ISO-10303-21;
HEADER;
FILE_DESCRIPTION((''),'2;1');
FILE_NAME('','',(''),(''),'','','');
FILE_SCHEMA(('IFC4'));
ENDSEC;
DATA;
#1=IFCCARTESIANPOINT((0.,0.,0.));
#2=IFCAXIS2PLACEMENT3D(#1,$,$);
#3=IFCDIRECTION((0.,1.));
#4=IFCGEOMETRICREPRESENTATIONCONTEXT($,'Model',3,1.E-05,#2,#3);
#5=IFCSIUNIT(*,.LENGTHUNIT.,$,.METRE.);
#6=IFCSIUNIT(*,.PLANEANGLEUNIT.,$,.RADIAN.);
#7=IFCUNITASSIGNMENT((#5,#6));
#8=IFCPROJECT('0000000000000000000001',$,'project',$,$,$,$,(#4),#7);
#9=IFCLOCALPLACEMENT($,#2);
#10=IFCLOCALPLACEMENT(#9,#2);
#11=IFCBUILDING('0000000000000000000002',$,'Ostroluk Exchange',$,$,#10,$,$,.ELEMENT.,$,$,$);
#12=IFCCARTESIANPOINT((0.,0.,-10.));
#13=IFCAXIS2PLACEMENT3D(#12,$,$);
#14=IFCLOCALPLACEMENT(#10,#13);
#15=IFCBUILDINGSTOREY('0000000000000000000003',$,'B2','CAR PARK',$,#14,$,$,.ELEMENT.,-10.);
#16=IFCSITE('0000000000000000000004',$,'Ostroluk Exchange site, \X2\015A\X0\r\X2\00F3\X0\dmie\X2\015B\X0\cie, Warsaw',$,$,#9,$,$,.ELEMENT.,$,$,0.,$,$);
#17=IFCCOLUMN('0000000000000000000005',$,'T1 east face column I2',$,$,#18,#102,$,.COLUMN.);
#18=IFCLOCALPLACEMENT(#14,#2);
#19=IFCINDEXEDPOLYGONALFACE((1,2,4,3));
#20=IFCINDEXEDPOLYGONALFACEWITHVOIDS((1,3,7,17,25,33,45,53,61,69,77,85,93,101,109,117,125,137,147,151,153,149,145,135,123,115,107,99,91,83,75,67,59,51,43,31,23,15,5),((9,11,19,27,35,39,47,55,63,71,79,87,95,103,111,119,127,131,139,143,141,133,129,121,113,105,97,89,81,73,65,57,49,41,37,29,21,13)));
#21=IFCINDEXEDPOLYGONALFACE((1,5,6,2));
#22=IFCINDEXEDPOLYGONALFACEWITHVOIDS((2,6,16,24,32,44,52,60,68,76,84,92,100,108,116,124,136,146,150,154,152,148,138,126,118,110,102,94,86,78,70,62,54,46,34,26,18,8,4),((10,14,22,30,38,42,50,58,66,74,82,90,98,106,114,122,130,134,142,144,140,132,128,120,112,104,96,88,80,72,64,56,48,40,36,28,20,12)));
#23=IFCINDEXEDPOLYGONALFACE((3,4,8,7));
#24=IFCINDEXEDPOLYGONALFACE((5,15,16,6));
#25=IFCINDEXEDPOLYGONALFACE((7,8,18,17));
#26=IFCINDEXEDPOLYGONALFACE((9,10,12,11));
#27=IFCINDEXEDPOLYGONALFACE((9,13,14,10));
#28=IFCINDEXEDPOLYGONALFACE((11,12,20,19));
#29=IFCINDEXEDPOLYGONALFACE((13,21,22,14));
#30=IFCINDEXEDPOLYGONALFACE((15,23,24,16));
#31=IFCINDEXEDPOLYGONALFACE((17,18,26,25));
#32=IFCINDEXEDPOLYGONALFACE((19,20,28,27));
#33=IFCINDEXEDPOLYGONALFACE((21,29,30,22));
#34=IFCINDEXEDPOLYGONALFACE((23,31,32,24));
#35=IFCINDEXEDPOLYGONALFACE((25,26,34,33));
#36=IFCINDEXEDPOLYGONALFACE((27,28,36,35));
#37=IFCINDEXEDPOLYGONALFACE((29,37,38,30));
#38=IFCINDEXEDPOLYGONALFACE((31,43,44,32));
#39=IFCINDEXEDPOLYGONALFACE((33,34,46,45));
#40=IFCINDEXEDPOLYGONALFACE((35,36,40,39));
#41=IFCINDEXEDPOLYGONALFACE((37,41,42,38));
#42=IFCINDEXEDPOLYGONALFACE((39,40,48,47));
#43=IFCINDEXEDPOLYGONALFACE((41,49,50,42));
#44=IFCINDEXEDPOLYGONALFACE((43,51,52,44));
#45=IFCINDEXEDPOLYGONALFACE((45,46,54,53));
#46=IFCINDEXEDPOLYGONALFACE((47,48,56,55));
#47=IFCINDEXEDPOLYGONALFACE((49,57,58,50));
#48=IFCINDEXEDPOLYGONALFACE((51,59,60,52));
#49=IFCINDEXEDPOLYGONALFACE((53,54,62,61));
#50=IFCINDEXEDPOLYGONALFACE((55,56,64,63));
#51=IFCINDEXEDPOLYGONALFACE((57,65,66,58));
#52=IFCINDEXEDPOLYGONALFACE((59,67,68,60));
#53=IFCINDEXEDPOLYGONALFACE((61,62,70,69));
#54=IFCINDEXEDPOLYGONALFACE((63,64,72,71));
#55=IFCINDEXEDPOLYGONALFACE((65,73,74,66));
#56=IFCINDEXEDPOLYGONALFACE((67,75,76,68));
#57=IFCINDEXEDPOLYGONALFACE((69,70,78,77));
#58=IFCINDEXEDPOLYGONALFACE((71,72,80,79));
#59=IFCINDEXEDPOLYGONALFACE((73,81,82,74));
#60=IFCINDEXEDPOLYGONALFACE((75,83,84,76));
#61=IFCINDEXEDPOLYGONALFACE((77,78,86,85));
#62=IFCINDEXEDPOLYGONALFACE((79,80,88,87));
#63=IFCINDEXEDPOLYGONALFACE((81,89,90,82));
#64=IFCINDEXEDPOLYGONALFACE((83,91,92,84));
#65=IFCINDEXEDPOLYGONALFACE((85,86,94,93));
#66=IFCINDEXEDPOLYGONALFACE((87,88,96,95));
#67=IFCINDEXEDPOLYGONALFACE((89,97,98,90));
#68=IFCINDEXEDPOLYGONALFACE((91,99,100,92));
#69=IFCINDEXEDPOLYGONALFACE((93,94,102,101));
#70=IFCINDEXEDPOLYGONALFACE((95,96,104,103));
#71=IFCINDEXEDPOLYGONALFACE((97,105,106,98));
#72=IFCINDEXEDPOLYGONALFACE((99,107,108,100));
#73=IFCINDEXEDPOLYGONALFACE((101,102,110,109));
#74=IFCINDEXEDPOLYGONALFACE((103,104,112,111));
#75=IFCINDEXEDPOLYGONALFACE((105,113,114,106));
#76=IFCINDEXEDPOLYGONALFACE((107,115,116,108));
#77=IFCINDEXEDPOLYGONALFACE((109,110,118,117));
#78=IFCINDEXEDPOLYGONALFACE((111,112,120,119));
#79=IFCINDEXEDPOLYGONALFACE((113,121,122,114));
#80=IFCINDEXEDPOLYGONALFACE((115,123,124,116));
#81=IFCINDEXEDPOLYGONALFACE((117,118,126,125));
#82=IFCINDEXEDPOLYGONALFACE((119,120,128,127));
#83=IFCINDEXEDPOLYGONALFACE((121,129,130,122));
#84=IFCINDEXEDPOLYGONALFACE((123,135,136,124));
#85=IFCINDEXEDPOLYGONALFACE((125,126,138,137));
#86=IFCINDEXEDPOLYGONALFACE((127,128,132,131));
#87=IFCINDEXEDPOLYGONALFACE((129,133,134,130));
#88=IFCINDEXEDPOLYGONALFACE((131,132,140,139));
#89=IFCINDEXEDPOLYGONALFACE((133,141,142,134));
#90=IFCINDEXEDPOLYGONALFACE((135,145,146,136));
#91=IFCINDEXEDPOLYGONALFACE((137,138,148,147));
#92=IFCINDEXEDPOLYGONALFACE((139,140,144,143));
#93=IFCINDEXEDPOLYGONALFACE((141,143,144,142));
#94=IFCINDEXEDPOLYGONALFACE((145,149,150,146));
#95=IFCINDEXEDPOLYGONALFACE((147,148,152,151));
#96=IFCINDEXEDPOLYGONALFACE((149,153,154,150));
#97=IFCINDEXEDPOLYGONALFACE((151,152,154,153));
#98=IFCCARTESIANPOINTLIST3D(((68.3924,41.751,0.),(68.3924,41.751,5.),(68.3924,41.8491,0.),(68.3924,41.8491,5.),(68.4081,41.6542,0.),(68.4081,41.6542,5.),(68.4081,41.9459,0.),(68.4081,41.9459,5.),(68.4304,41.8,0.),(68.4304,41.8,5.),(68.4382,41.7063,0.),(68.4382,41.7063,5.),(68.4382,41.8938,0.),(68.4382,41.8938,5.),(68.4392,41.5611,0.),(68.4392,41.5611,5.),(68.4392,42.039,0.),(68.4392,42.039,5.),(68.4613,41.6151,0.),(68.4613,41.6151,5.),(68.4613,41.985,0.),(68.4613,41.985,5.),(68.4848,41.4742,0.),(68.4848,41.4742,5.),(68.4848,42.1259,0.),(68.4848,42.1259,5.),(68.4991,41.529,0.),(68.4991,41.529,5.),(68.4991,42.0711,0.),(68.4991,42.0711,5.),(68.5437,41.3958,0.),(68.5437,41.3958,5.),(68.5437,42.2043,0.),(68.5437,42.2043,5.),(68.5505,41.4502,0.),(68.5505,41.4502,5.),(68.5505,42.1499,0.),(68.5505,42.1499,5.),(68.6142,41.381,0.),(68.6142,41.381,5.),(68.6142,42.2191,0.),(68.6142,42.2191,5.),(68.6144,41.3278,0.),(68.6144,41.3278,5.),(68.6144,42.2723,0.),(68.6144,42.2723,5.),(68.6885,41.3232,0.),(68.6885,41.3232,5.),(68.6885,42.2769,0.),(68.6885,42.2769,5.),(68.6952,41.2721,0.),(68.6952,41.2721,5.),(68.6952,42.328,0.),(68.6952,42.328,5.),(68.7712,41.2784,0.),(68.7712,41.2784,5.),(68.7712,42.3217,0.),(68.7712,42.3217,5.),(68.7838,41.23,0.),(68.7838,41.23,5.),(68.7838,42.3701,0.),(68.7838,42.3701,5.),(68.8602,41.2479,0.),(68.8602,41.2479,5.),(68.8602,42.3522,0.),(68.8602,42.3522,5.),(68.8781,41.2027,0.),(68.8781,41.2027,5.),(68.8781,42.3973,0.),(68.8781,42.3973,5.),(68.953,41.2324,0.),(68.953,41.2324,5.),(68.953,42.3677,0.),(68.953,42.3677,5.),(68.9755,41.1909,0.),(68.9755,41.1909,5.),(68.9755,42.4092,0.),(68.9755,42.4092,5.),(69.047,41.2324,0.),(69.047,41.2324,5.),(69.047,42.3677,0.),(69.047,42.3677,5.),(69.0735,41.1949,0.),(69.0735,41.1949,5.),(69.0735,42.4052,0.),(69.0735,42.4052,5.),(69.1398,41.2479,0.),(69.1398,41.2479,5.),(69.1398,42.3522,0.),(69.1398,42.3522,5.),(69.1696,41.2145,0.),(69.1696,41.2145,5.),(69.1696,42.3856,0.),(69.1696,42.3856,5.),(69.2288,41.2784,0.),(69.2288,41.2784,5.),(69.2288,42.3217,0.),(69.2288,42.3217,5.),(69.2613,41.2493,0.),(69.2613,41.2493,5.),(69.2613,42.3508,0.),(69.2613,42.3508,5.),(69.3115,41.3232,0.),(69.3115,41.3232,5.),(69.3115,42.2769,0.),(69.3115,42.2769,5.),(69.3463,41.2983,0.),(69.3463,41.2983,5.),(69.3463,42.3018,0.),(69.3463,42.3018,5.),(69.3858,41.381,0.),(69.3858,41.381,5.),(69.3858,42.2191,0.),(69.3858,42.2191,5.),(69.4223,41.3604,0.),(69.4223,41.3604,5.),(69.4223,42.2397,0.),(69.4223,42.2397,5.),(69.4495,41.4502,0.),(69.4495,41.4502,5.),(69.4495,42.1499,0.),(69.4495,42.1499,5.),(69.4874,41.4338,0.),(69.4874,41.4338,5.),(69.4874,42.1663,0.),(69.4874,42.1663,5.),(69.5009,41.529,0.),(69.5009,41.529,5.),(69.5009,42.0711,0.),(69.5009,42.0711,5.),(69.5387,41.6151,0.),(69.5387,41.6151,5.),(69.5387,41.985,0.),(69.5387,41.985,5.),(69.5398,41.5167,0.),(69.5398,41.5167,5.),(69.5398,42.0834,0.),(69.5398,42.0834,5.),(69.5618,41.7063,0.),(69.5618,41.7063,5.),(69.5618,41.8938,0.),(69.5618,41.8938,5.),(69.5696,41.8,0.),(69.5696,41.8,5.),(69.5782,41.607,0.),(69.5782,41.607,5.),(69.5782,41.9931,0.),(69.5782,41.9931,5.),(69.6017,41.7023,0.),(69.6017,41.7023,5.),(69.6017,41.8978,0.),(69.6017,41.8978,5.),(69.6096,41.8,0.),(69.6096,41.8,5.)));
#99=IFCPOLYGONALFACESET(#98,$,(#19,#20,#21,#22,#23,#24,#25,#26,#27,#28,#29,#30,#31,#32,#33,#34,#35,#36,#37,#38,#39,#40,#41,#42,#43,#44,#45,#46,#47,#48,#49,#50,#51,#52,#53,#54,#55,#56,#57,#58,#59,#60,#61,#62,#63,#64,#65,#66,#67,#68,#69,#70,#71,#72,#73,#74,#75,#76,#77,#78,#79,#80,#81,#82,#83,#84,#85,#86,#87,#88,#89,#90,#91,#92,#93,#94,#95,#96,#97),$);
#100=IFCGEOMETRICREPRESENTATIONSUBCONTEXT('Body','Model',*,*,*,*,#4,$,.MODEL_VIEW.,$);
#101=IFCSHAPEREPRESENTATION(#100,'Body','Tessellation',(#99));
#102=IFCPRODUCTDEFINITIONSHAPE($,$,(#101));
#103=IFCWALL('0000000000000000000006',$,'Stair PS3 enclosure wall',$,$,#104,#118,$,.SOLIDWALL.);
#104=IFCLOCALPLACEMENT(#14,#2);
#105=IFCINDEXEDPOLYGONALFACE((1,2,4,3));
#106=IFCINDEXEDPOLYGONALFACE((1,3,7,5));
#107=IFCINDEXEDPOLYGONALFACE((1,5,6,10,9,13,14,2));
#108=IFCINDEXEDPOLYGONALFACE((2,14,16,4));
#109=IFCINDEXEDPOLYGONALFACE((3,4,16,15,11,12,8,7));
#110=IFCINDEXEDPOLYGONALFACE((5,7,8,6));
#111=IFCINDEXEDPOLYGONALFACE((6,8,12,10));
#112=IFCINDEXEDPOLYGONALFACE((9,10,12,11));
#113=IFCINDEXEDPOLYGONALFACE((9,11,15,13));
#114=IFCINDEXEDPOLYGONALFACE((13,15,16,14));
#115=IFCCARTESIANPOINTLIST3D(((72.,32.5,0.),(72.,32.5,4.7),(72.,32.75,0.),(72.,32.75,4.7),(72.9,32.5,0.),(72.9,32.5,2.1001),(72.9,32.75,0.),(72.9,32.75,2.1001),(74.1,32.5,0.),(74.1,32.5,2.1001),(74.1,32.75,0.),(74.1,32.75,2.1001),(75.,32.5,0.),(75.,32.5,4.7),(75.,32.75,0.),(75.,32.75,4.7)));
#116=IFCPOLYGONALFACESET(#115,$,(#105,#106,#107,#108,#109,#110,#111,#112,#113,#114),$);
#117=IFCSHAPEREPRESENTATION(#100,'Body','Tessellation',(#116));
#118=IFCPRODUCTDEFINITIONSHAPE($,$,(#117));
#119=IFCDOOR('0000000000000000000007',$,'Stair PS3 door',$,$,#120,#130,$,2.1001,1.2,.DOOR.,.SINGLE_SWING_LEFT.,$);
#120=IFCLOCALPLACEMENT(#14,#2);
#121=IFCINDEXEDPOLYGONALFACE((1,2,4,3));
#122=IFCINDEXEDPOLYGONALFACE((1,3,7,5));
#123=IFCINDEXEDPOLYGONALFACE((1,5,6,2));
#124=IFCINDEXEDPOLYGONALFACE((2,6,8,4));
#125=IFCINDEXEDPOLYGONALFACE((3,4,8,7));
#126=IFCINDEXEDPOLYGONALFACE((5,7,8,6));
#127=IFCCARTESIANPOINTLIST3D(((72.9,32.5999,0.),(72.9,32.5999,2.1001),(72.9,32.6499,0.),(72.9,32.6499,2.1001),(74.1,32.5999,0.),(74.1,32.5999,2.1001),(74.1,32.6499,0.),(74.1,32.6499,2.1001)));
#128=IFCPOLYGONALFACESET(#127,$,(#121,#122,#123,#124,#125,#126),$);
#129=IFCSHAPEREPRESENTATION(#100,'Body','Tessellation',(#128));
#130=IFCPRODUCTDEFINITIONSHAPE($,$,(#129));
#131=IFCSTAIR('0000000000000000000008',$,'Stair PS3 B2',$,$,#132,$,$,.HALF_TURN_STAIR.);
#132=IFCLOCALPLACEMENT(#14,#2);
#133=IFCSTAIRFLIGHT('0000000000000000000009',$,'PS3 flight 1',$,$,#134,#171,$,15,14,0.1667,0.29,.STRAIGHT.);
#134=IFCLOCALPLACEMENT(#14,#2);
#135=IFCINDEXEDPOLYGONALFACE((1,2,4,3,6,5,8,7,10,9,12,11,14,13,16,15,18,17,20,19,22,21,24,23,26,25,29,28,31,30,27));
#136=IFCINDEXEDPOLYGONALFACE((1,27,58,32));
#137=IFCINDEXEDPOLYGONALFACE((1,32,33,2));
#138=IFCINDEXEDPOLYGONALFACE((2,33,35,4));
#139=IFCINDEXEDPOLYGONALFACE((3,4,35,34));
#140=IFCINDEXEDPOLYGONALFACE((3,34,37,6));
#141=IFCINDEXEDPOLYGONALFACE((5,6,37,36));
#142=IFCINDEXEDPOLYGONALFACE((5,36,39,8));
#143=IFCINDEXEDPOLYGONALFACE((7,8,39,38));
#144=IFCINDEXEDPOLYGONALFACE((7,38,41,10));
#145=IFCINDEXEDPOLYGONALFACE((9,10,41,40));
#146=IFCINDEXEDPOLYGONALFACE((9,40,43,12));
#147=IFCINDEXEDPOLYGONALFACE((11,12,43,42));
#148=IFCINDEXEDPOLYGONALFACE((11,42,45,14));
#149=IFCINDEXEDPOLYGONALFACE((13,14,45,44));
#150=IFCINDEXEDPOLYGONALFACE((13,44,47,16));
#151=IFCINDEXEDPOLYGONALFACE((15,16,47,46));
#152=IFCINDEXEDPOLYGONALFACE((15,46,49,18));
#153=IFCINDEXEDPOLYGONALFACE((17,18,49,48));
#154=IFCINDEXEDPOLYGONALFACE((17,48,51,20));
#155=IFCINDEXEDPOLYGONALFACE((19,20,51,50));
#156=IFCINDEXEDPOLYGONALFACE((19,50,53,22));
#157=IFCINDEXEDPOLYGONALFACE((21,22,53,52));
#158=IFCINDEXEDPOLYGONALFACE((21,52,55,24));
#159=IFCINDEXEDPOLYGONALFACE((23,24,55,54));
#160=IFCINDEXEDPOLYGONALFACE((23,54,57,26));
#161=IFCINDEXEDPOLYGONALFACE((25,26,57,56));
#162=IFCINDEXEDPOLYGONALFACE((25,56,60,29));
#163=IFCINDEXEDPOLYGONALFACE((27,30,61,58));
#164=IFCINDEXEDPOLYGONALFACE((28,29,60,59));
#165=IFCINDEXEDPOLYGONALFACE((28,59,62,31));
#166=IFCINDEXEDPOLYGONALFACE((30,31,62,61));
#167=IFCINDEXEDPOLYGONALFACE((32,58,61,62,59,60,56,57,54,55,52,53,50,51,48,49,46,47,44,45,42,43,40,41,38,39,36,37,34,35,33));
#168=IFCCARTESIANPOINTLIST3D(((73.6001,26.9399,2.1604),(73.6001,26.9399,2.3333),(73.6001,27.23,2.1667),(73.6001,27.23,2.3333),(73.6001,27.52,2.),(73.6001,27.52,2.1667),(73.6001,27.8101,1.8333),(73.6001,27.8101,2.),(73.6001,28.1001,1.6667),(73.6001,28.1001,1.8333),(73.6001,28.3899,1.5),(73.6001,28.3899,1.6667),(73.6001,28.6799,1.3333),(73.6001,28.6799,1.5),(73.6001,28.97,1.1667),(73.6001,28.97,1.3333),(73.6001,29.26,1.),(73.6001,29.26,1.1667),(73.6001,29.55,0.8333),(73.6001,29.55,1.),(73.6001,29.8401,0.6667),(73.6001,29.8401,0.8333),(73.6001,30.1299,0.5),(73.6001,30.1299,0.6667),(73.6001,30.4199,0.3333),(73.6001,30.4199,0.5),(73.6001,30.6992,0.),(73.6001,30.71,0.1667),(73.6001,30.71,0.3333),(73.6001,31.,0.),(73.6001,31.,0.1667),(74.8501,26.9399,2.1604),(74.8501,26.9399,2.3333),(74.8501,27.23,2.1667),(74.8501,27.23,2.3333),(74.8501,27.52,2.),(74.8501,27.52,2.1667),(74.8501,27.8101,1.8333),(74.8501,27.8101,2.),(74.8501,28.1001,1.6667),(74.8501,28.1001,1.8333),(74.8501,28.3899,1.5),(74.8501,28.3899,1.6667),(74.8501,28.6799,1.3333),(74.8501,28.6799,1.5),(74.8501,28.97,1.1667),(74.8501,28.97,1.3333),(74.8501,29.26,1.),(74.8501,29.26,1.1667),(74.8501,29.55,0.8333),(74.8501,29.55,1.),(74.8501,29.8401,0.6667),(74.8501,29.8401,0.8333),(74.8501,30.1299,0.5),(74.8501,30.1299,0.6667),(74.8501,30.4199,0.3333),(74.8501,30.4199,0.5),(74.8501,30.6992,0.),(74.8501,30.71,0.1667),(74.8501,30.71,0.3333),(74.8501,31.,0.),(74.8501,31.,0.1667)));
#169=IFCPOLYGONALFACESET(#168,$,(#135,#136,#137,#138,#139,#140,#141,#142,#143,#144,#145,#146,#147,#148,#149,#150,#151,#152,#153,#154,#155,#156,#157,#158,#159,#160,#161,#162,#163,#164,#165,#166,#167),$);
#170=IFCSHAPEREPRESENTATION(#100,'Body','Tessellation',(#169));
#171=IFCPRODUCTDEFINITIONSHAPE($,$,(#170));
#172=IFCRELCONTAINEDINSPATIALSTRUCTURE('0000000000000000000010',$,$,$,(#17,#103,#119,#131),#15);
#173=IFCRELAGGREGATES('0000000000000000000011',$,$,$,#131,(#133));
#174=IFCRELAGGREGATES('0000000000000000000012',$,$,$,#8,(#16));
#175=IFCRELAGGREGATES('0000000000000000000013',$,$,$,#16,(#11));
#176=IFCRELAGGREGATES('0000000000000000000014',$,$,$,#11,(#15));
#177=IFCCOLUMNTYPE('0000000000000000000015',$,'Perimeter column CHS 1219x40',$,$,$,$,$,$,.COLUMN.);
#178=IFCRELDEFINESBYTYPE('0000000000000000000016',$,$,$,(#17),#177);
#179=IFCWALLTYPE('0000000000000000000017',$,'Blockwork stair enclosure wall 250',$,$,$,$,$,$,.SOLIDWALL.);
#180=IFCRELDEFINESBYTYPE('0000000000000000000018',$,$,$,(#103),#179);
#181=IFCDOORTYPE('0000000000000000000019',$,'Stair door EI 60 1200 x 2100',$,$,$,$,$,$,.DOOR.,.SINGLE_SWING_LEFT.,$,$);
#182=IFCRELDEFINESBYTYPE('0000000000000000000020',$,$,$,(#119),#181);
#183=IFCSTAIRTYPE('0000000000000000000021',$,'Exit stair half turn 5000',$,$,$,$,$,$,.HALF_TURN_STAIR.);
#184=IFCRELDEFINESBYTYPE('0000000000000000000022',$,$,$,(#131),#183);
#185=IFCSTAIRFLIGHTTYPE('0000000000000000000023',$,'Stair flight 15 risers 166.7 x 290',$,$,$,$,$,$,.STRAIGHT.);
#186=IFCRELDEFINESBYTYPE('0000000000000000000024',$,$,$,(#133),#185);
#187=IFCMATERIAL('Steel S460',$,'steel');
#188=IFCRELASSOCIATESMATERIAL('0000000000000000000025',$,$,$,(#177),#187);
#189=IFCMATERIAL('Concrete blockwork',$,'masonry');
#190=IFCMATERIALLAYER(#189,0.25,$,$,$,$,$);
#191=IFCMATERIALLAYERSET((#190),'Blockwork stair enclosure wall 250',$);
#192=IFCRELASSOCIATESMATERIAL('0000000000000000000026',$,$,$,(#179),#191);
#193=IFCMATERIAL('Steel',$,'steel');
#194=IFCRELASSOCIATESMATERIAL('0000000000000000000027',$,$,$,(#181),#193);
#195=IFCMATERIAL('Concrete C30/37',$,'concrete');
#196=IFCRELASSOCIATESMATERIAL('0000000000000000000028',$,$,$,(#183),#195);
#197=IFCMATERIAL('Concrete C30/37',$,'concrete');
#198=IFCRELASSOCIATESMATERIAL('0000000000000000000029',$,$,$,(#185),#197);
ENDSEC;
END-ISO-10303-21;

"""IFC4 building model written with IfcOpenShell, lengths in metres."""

from ifc_helpers import new_model, si_unit, direction, frame, frame_2d, origin, origin_2d, place, context, subcontext, project, spatial, polyline, rectangle, hollow_circle, outline, extrude, material, layer, layer_set, material_profile, profile_set, type_object, element, fill, aggregate, save


model = new_model("IFC4")

# Units and contexts
model_context = context("Model", 3, precision=1e-05, world=origin(), true_north=direction((0.0, 1.0)))
body_context = subcontext(model_context, "Body", "Model", "MODEL_VIEW")
ifc_project = project(units=[si_unit("LENGTHUNIT", "METRE"), si_unit("PLANEANGLEUNIT", "RADIAN")], contexts=[model_context])

# Site, building, storey
site_placement = place(None, origin())
site = spatial("IfcSite", under=ifc_project, at=site_placement, Name="Ostroluk Exchange site, Śródmieście, Warsaw", CompositionType="ELEMENT", RefElevation=0.0)
building_placement = place(site_placement, origin())
building = spatial("IfcBuilding", under=site, at=building_placement, Name="Ostroluk Exchange", CompositionType="ELEMENT")
storey_placement = place(building_placement, frame((0.0, 0.0, -10.0)))
storey = spatial("IfcBuildingStorey", under=building, at=storey_placement, Name="B2", Description="CAR PARK", CompositionType="ELEMENT", Elevation=-10.0)

# Column
ifc_material_1 = material(Name="Steel S460", Category="steel")
ifc_material_profile_1 = material_profile(ifc_material_1, hollow_circle(Radius=0.6096, WallThickness=0.04, at=origin_2d()), Name="CHS 1219x40")
ifc_profile_set_1 = profile_set([ifc_material_profile_1], Name="Steel S460")
column_type_1 = type_object("IfcColumnType", Name="Perimeter column CHS 1219x40", PredefinedType="COLUMN", material=ifc_profile_set_1)
for number, where, z_axis, x_axis, name in (
    (1, (69.0, 41.8, 0.0), (0.0, 0.0, 1.0), (1.0, 0.0, 0.0), "T1 east face column I2"),
):
    element("IfcColumn", number, at=place(storey_placement, frame(where, z_axis=z_axis, x_axis=x_axis)), inside=storey, type_object=column_type_1, Name=name, PredefinedType="COLUMN", context=body_context, shape_type="SweptSolid", body=[
        extrude(hollow_circle(Radius=0.6096, WallThickness=0.04, at=origin_2d()), origin(), (0.0, 0.0, 1.0), 5.0),
    ])

# Wall, opening, door
ifc_material_2 = material(Name="Concrete blockwork", Category="masonry")
ifc_layer = layer(ifc_material_2, 0.25)
ifc_layer_set = layer_set([ifc_layer], Name="Blockwork stair enclosure wall 250")
wall_type = type_object("IfcWallType", Name="Blockwork stair enclosure wall 250", PredefinedType="SOLIDWALL", material=ifc_layer_set)
wall_placement = place(storey_placement, frame((72.0, 32.625, 0.0), z_axis=(0.0, 0.0, 1.0), x_axis=(1.0, 0.0, 0.0)))
wall = element("IfcWall", 2, at=wall_placement, inside=storey, type_object=wall_type, Name="Stair PS3 enclosure wall", PredefinedType="SOLIDWALL", context=body_context, shape_type="SweptSolid", body=[
    extrude(rectangle(XDim=3.0, YDim=0.25, at=frame_2d((1.5, 0.0))), origin(), (0.0, 0.0, 1.0), 4.7),
])
opening_placement = place(wall_placement, frame((0.8999, 0.0, 0.0)))
opening = element("IfcOpeningElement", 3, at=opening_placement, cuts=wall, PredefinedType="OPENING", context=body_context, shape_type="SweptSolid", body=[
    extrude(rectangle(XDim=1.2, YDim=2.1001, at=frame_2d((0.6001, 1.05))), frame((0.0, 0.135, 0.0), z_axis=(0.0, -1.0, 0.0), x_axis=(1.0, 0.0, 0.0)), (0.0, 0.0, 1.0), 0.27),
])
ifc_material_3 = material(Name="Steel", Category="steel")
door_type = type_object("IfcDoorType", Name="Stair door EI 60 1200 x 2100", OperationType="SINGLE_SWING_LEFT", PredefinedType="DOOR", material=ifc_material_3)
door_placement = place(opening_placement, origin())
door = element("IfcDoor", 4, at=door_placement, inside=storey, type_object=door_type, Name="Stair PS3 door", OperationType="SINGLE_SWING_LEFT", OverallHeight=2.1001, OverallWidth=1.2, PredefinedType="DOOR", context=body_context, shape_type="SweptSolid", body=[
    extrude(rectangle(XDim=1.2, YDim=2.1001, at=frame_2d((0.6001, 1.05))), frame((0.0, 0.0249, 0.0), z_axis=(0.0, -1.0, 0.0), x_axis=(1.0, 0.0, 0.0)), (0.0, 0.0, 1.0), 0.05),
])
fill(opening, door)

# Stair, stair flight
ifc_material_4 = material(Name="Concrete C30/37", Category="concrete")
stair_type = type_object("IfcStairType", Name="Exit stair half turn 5000", PredefinedType="HALF_TURN_STAIR", material=ifc_material_4)
stair_placement = place(storey_placement, origin())
stair = element("IfcStair", 5, at=stair_placement, inside=storey, type_object=stair_type, Name="Stair PS3 B2", PredefinedType="HALF_TURN_STAIR")
ifc_material_5 = material(Name="Concrete C30/37", Category="concrete")
stair_flight_type = type_object("IfcStairFlightType", Name="Stair flight 15 risers 166.7 x 290", PredefinedType="STRAIGHT", material=ifc_material_5)
stair_flight_1_placement = place(storey_placement, frame((74.2251, 31.0, 0.0), z_axis=(0.0, 0.0, 1.0), x_axis=(0.0, -1.0, 0.0)))
stair_flight_1 = element("IfcStairFlight", 6, at=stair_flight_1_placement, type_object=stair_flight_type, Name="PS3 flight 1", NumberOfRisers=15, NumberOfTreads=14, PredefinedType="STRAIGHT", RiserHeight=0.1667, TreadLength=0.29, context=body_context, shape_type="SweptSolid", body=[
    extrude(outline(polyline([(0.0, 0.0), (0.0, 0.1667), (0.29, 0.1667), (0.29, 0.3333), (0.5801, 0.3333), (0.5801, 0.5), (0.8701, 0.5), (0.8701, 0.6667), (1.1599, 0.6667), (1.1599, 0.8333), (1.45, 0.8333), (1.45, 1.0), (1.74, 1.0), (1.74, 1.1667), (2.03, 1.1667), (2.03, 1.3333), (2.3201, 1.3333), (2.3201, 1.5), (2.6101, 1.5), (2.6101, 1.6667), (2.8999, 1.6667), (2.8999, 1.8333), (3.1899, 1.8333), (3.1899, 2.0), (3.48, 2.0), (3.48, 2.1667), (3.77, 2.1667), (3.77, 2.3333), (4.0601, 2.3333), (4.0601, 2.5), (4.0601, 2.1604), (0.3008, 0.0), (0.0, 0.0)])), frame((0.0, 0.625, 0.0), z_axis=(0.0, -1.0, 0.0), x_axis=(1.0, 0.0, 0.0)), (0.0, 0.0, 1.0), 1.25),
])
aggregate(stair, [stair_flight_1])

save(model, "model.ifc")
